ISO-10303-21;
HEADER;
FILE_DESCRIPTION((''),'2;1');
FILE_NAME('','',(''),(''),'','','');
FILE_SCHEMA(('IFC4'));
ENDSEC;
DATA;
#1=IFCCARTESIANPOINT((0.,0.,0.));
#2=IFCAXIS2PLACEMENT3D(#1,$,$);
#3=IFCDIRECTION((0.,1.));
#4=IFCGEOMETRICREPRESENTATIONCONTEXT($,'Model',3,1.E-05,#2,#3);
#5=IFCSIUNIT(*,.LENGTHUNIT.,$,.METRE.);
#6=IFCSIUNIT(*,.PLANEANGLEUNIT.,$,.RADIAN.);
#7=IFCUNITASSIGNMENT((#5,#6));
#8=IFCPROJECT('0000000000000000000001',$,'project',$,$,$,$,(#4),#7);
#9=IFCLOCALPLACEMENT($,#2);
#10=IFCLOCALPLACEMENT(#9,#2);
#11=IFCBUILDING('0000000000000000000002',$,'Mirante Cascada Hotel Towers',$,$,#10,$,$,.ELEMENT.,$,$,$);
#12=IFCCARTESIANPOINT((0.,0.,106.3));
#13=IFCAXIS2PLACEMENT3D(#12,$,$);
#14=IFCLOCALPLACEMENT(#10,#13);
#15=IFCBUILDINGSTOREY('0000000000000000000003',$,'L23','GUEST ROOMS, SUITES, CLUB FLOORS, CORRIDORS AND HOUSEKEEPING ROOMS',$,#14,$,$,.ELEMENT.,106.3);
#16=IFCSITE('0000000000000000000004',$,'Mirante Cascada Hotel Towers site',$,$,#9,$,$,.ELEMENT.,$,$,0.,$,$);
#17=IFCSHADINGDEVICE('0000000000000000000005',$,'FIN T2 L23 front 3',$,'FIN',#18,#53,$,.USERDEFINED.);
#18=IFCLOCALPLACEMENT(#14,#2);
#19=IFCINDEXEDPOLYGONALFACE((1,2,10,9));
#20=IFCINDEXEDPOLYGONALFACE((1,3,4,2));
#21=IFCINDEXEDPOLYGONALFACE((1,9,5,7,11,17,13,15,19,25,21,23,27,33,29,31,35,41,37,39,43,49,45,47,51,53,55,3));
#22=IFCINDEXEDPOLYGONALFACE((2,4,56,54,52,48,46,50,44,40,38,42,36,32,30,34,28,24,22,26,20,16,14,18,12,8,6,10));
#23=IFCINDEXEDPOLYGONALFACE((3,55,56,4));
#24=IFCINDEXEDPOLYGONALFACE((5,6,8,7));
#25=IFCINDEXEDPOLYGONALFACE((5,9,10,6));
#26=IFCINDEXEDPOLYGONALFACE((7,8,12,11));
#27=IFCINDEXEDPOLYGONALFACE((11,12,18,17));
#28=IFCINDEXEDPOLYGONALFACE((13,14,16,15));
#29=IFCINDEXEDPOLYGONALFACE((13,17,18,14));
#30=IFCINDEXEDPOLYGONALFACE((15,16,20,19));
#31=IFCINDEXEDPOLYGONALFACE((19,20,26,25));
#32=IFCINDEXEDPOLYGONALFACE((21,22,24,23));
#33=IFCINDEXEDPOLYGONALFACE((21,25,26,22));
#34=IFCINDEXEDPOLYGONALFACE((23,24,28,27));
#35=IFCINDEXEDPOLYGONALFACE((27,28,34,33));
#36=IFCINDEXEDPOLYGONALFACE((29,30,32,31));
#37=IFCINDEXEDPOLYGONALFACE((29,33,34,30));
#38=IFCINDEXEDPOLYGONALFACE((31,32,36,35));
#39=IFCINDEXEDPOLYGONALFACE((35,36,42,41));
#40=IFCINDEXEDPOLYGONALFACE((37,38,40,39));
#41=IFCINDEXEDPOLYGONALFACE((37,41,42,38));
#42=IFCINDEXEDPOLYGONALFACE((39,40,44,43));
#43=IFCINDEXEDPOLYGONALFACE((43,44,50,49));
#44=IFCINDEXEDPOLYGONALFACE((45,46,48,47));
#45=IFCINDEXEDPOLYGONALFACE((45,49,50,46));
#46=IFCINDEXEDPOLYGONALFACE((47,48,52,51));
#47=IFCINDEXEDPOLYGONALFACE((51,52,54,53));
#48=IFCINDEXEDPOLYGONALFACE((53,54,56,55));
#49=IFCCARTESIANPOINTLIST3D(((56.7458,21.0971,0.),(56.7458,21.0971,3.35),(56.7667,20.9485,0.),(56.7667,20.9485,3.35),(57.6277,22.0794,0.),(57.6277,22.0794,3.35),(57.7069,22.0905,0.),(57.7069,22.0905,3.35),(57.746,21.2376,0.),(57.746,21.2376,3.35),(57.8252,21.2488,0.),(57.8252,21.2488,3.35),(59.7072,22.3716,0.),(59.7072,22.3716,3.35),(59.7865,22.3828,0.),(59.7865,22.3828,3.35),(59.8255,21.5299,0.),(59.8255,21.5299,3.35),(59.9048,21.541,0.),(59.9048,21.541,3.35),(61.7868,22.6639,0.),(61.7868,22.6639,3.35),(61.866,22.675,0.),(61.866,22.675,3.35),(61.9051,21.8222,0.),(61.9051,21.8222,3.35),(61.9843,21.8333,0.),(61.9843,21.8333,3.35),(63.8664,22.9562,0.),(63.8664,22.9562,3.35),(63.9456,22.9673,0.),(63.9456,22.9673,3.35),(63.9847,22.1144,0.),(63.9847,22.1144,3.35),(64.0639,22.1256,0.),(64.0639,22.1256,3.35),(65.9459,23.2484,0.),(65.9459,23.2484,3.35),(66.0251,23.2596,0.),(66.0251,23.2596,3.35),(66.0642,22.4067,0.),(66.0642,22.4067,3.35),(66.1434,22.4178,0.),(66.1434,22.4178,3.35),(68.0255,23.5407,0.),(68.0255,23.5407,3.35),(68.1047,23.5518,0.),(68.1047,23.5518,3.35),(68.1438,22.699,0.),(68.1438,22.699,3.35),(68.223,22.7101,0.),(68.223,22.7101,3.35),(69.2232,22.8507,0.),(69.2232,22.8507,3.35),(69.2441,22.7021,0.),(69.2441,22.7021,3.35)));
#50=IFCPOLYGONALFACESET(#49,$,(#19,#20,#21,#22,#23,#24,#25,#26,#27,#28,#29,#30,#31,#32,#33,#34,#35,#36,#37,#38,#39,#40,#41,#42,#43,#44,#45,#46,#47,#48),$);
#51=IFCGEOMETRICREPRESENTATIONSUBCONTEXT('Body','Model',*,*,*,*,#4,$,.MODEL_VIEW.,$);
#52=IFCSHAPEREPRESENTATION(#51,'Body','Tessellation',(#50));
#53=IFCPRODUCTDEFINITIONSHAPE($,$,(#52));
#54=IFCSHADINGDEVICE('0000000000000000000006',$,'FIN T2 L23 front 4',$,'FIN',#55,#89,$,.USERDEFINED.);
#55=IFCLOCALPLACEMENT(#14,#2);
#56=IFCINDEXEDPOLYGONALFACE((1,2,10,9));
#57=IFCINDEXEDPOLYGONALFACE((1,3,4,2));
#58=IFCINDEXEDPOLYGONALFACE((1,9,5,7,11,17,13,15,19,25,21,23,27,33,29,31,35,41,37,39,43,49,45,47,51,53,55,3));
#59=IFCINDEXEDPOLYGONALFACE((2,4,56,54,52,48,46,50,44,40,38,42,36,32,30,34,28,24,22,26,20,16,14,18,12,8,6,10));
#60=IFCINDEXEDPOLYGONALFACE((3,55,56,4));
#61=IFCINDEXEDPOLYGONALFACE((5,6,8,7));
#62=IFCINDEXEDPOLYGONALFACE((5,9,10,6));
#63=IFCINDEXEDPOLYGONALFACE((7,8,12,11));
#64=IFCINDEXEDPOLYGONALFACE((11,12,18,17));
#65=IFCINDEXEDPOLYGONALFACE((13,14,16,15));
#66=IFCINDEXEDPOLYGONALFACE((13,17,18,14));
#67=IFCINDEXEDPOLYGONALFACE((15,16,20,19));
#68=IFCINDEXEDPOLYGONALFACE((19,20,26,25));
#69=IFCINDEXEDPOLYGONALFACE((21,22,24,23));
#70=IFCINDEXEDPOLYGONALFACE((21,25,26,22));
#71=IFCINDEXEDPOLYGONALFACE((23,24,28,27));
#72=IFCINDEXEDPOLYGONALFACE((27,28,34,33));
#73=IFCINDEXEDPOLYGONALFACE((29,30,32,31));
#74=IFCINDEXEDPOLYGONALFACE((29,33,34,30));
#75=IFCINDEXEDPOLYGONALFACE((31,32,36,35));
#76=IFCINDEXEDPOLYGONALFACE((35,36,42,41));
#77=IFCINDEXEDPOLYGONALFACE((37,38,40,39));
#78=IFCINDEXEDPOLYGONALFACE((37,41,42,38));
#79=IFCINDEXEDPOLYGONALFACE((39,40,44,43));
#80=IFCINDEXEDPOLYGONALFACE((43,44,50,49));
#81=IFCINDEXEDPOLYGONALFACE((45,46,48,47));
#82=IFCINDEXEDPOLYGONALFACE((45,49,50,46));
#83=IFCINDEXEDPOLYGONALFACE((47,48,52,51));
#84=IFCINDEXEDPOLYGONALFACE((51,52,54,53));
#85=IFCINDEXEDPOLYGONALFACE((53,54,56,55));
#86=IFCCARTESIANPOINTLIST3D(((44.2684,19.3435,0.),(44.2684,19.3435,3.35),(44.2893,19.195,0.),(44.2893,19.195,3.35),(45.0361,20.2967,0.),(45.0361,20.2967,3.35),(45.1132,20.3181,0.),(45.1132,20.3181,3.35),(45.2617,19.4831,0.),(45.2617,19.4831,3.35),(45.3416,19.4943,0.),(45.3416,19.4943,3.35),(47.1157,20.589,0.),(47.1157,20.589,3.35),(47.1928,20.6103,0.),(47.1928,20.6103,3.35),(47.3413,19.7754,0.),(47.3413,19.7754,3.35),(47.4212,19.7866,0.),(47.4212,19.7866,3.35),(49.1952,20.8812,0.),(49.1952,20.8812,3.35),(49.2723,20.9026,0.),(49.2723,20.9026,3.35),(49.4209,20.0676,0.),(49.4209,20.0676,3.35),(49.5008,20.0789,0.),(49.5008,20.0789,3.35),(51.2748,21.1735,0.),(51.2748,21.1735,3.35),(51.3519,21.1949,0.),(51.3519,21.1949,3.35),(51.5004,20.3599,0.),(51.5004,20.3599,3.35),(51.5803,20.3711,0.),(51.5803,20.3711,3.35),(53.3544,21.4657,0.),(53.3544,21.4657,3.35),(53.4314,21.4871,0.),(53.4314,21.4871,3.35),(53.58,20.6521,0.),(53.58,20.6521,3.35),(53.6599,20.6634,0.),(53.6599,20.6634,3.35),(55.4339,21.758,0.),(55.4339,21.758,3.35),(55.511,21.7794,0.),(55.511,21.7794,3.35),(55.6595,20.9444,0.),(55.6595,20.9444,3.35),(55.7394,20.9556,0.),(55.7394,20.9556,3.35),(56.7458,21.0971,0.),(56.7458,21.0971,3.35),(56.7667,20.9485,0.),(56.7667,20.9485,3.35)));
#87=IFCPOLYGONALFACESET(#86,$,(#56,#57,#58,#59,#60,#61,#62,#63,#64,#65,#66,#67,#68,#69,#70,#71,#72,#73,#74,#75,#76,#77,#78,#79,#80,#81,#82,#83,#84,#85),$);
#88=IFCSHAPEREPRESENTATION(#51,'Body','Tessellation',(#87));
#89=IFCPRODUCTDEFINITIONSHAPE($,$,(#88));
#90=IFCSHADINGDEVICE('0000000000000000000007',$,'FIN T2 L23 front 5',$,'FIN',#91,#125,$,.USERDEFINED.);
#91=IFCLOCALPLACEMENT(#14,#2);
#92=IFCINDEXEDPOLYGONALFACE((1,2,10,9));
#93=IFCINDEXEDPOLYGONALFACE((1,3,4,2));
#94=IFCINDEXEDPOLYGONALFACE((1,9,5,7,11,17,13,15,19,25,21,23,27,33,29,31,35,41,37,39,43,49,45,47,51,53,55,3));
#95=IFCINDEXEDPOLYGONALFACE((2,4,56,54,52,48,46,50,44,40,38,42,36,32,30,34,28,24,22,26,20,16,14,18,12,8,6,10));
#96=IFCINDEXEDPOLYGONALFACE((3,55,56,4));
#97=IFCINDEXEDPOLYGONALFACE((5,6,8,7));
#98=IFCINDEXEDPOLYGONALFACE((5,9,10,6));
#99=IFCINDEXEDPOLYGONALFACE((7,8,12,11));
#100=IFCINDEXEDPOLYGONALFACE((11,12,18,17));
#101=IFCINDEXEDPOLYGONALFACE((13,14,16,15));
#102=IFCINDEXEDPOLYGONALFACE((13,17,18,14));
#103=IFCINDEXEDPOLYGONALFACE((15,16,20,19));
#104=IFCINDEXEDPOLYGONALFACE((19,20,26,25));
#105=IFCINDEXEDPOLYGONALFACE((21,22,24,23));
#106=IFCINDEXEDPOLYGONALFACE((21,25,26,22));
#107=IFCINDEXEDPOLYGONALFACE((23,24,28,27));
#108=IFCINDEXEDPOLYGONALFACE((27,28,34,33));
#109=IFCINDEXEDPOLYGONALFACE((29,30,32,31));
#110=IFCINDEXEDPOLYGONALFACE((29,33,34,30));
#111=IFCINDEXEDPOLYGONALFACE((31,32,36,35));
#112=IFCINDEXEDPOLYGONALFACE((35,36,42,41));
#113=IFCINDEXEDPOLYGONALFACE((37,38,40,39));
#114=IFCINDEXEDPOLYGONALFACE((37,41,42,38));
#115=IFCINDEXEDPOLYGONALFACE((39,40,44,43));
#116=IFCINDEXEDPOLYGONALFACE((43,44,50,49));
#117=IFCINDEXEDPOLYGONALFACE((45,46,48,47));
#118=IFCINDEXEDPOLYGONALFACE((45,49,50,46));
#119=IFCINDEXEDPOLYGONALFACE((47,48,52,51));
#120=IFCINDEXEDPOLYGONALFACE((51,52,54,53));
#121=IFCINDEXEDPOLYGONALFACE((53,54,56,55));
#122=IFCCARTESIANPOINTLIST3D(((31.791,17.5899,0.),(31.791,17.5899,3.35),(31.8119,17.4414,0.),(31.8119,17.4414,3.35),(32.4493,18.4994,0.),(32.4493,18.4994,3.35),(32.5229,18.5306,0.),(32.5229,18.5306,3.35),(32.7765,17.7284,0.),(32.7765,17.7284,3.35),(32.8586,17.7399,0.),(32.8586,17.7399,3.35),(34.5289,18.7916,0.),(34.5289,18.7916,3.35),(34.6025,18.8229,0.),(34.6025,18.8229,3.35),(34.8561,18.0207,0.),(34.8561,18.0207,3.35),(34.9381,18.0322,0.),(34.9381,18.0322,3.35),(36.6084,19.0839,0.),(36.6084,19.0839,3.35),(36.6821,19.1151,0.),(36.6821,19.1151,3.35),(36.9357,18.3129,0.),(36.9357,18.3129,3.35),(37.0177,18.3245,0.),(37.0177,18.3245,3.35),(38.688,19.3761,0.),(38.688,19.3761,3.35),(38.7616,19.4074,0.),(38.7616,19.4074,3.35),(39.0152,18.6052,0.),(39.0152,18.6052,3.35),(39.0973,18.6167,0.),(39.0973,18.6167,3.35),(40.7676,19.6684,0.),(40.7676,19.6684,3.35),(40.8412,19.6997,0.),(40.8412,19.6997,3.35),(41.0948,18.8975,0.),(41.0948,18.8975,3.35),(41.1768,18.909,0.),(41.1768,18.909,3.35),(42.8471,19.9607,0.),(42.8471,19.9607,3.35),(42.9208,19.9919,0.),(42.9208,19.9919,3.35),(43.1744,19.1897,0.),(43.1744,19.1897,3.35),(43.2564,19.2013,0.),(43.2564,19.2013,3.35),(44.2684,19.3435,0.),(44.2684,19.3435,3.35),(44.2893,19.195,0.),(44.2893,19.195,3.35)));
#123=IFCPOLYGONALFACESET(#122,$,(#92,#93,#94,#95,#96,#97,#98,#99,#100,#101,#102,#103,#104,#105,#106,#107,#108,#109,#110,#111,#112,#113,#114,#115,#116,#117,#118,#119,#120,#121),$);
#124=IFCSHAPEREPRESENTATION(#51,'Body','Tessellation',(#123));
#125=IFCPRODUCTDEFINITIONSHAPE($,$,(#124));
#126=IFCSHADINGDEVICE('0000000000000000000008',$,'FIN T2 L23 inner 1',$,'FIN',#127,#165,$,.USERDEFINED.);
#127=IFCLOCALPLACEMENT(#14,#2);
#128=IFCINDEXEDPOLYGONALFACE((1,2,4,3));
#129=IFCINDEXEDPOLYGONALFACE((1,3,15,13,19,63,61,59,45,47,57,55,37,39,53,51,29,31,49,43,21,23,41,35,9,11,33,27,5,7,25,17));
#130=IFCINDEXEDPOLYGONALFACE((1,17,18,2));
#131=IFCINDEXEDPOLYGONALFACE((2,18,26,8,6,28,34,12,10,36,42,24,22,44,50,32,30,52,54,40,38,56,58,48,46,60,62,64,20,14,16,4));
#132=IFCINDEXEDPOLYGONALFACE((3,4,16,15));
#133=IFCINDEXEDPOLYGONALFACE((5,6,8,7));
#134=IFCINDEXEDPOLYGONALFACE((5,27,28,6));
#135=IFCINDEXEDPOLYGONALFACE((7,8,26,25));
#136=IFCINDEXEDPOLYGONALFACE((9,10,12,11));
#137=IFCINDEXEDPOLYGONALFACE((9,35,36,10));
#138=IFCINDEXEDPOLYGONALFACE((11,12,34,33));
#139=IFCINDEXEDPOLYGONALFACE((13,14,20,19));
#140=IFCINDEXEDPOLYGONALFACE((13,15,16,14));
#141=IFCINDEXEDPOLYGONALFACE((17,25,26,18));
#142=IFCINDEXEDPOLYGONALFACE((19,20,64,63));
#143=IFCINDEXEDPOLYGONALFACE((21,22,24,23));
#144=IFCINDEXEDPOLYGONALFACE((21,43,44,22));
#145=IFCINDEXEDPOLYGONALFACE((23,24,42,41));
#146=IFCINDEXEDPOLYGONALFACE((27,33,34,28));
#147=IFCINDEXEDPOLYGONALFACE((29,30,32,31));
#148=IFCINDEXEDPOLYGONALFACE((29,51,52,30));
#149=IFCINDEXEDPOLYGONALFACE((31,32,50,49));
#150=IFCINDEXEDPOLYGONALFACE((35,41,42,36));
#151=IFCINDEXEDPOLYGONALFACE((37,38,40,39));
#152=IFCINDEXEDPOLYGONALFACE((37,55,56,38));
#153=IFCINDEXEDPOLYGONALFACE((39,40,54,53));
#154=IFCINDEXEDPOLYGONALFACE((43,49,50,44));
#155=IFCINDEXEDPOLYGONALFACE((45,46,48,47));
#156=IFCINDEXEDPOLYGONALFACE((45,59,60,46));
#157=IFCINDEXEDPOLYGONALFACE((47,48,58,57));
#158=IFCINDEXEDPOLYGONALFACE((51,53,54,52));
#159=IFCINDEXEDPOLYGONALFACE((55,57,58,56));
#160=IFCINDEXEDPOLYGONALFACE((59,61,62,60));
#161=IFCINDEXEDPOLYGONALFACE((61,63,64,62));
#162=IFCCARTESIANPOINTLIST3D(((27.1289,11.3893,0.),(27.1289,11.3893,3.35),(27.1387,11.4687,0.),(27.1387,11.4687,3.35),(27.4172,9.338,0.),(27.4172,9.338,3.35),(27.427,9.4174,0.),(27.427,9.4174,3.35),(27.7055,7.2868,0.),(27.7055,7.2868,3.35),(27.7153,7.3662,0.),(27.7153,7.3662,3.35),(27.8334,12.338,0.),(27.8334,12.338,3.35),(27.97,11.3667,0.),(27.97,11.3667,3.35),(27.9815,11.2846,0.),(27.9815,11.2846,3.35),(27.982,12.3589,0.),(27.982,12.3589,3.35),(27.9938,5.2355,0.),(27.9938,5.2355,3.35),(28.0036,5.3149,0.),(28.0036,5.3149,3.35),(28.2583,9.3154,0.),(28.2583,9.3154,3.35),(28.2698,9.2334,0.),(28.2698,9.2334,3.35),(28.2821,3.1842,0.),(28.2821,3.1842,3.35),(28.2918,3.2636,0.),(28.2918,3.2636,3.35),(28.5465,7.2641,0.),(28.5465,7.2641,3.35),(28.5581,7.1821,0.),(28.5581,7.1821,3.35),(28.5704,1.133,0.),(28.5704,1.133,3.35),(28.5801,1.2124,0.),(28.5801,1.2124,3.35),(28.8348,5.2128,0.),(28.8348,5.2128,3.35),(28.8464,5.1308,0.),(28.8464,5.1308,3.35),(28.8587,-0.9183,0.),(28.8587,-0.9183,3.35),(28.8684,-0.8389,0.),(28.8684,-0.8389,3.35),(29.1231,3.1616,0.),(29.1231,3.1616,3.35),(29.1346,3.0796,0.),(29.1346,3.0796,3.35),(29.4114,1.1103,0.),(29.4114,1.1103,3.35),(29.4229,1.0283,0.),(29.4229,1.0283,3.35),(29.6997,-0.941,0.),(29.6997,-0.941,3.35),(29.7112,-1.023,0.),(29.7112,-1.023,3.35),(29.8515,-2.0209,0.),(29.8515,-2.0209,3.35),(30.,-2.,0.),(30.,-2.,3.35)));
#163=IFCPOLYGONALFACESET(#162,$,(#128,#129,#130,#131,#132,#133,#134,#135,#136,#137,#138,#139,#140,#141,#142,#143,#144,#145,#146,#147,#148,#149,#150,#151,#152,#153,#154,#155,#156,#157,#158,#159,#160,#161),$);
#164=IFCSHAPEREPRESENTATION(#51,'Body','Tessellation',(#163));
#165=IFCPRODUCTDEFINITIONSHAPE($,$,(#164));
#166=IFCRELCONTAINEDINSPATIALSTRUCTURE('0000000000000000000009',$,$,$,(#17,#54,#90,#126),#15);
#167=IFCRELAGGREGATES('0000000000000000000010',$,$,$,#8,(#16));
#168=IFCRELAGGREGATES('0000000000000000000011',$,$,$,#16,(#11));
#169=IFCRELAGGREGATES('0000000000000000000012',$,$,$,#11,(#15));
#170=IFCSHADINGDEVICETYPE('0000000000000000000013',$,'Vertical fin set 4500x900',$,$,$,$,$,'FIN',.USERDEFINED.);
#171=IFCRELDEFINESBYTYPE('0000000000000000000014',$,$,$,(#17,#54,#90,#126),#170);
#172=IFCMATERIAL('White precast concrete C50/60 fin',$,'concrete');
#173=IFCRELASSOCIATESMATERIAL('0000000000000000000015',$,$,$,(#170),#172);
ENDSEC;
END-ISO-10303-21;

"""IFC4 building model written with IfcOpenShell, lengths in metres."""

from ifc_helpers import new_model, si_unit, direction, frame, origin, place, context, subcontext, project, spatial, polyline, outline, extrude, material, type_object, element, save


model = new_model("IFC4")

# Units and contexts
model_context = context("Model", 3, precision=1e-05, world=origin(), true_north=direction((0.0, 1.0)))
body_context = subcontext(model_context, "Body", "Model", "MODEL_VIEW")
ifc_project = project(units=[si_unit("LENGTHUNIT", "METRE"), si_unit("PLANEANGLEUNIT", "RADIAN")], contexts=[model_context])

# Site, building, storey
site_placement = place(None, origin())
site = spatial("IfcSite", under=ifc_project, at=site_placement, Name="Mirante Cascada Hotel Towers site", CompositionType="ELEMENT", RefElevation=0.0)
building_placement = place(site_placement, origin())
building = spatial("IfcBuilding", under=site, at=building_placement, Name="Mirante Cascada Hotel Towers", CompositionType="ELEMENT")
storey_placement = place(building_placement, frame((0.0, 0.0, 106.3)))
storey = spatial("IfcBuildingStorey", under=building, at=storey_placement, Name="L23", Description="GUEST ROOMS, SUITES, CLUB FLOORS, CORRIDORS AND HOUSEKEEPING ROOMS", CompositionType="ELEMENT", Elevation=106.3)

# Shading devices
ifc_material_1 = material(Name="White precast concrete C50/60 fin", Category="concrete")
shading_device_type = type_object("IfcShadingDeviceType", Name="Vertical fin set 4500x900", ElementType="FIN", PredefinedType="USERDEFINED", material=ifc_material_1)
shading_device_1_placement = place(storey_placement, origin())
element("IfcShadingDevice", 1, at=shading_device_1_placement, inside=storey, type_object=shading_device_type, Name="FIN T2 L23 front 3", ObjectType="FIN", PredefinedType="USERDEFINED", context=body_context, shape_type="SweptSolid", body=[
    extrude(outline(polyline([(57.7069, 22.0905), (57.8252, 21.2488), (59.8255, 21.5299), (59.7072, 22.3716), (59.7865, 22.3828), (59.9048, 21.541), (61.9051, 21.8222), (61.7868, 22.6639), (61.866, 22.675), (61.9843, 21.8333), (63.9847, 22.1144), (63.8664, 22.9562), (63.9456, 22.9673), (64.0639, 22.1256), (66.0642, 22.4067), (65.9459, 23.2484), (66.0251, 23.2596), (66.1434, 22.4178), (68.1438, 22.699), (68.0255, 23.5407), (68.1047, 23.5518), (68.223, 22.7101), (69.2232, 22.8507), (69.2441, 22.7021), (56.7667, 20.9485), (56.7458, 21.0971), (57.746, 21.2376), (57.6277, 22.0794), (57.7069, 22.0905)])), origin(), (0.0, 0.0, 1.0), 3.35),
])
shading_device_2_placement = place(storey_placement, origin())
element("IfcShadingDevice", 2, at=shading_device_2_placement, inside=storey, type_object=shading_device_type, Name="FIN T2 L23 front 4", ObjectType="FIN", PredefinedType="USERDEFINED", context=body_context, shape_type="SweptSolid", body=[
    extrude(outline(polyline([(45.1132, 20.3181), (45.3416, 19.4943), (47.3413, 19.7754), (47.1157, 20.589), (47.1928, 20.6103), (47.4212, 19.7866), (49.4209, 20.0676), (49.1952, 20.8812), (49.2723, 20.9026), (49.5008, 20.0789), (51.5004, 20.3599), (51.2748, 21.1735), (51.3519, 21.1949), (51.5803, 20.3711), (53.58, 20.6521), (53.3544, 21.4657), (53.4314, 21.4871), (53.6599, 20.6634), (55.6595, 20.9444), (55.4339, 21.758), (55.511, 21.7794), (55.7394, 20.9556), (56.7458, 21.0971), (56.7667, 20.9485), (44.2893, 19.195), (44.2684, 19.3435), (45.2617, 19.4831), (45.0361, 20.2967), (45.1132, 20.3181)])), origin(), (0.0, 0.0, 1.0), 3.35),
])
shading_device_3_placement = place(storey_placement, origin())
element("IfcShadingDevice", 3, at=shading_device_3_placement, inside=storey, type_object=shading_device_type, Name="FIN T2 L23 front 5", ObjectType="FIN", PredefinedType="USERDEFINED", context=body_context, shape_type="SweptSolid", body=[
    extrude(outline(polyline([(32.5229, 18.5306), (32.8586, 17.7399), (34.8561, 18.0207), (34.5289, 18.7916), (34.6025, 18.8229), (34.9381, 18.0322), (36.9357, 18.3129), (36.6084, 19.0839), (36.6821, 19.1151), (37.0177, 18.3245), (39.0152, 18.6052), (38.688, 19.3761), (38.7616, 19.4074), (39.0973, 18.6167), (41.0948, 18.8975), (40.7676, 19.6684), (40.8412, 19.6997), (41.1768, 18.909), (43.1744, 19.1897), (42.8471, 19.9607), (42.9208, 19.9919), (43.2564, 19.2013), (44.2684, 19.3435), (44.2893, 19.195), (31.8119, 17.4414), (31.791, 17.5899), (32.7765, 17.7284), (32.4493, 18.4994), (32.5229, 18.5306)])), origin(), (0.0, 0.0, 1.0), 3.35),
])
shading_device_4_placement = place(storey_placement, origin())
element("IfcShadingDevice", 4, at=shading_device_4_placement, inside=storey, type_object=shading_device_type, Name="FIN T2 L23 inner 1", ObjectType="FIN", PredefinedType="USERDEFINED", context=body_context, shape_type="SweptSolid", body=[
    extrude(outline(polyline([(28.8684, -0.8389), (29.6997, -0.941), (29.4229, 1.0283), (28.5704, 1.133), (28.5801, 1.2124), (29.4114, 1.1103), (29.1346, 3.0796), (28.2821, 3.1842), (28.2918, 3.2636), (29.1231, 3.1616), (28.8464, 5.1308), (27.9938, 5.2355), (28.0036, 5.3149), (28.8348, 5.2128), (28.5581, 7.1821), (27.7055, 7.2868), (27.7153, 7.3662), (28.5465, 7.2641), (28.2698, 9.2334), (27.4172, 9.338), (27.427, 9.4174), (28.2583, 9.3154), (27.9815, 11.2846), (27.1289, 11.3893), (27.1387, 11.4687), (27.97, 11.3667), (27.8334, 12.338), (27.982, 12.3589), (30.0, -2.0), (29.8515, -2.0209), (29.7112, -1.023), (28.8587, -0.9183), (28.8684, -0.8389)])), origin(), (0.0, 0.0, 1.0), 3.35),
])

save(model, "model.ifc")
